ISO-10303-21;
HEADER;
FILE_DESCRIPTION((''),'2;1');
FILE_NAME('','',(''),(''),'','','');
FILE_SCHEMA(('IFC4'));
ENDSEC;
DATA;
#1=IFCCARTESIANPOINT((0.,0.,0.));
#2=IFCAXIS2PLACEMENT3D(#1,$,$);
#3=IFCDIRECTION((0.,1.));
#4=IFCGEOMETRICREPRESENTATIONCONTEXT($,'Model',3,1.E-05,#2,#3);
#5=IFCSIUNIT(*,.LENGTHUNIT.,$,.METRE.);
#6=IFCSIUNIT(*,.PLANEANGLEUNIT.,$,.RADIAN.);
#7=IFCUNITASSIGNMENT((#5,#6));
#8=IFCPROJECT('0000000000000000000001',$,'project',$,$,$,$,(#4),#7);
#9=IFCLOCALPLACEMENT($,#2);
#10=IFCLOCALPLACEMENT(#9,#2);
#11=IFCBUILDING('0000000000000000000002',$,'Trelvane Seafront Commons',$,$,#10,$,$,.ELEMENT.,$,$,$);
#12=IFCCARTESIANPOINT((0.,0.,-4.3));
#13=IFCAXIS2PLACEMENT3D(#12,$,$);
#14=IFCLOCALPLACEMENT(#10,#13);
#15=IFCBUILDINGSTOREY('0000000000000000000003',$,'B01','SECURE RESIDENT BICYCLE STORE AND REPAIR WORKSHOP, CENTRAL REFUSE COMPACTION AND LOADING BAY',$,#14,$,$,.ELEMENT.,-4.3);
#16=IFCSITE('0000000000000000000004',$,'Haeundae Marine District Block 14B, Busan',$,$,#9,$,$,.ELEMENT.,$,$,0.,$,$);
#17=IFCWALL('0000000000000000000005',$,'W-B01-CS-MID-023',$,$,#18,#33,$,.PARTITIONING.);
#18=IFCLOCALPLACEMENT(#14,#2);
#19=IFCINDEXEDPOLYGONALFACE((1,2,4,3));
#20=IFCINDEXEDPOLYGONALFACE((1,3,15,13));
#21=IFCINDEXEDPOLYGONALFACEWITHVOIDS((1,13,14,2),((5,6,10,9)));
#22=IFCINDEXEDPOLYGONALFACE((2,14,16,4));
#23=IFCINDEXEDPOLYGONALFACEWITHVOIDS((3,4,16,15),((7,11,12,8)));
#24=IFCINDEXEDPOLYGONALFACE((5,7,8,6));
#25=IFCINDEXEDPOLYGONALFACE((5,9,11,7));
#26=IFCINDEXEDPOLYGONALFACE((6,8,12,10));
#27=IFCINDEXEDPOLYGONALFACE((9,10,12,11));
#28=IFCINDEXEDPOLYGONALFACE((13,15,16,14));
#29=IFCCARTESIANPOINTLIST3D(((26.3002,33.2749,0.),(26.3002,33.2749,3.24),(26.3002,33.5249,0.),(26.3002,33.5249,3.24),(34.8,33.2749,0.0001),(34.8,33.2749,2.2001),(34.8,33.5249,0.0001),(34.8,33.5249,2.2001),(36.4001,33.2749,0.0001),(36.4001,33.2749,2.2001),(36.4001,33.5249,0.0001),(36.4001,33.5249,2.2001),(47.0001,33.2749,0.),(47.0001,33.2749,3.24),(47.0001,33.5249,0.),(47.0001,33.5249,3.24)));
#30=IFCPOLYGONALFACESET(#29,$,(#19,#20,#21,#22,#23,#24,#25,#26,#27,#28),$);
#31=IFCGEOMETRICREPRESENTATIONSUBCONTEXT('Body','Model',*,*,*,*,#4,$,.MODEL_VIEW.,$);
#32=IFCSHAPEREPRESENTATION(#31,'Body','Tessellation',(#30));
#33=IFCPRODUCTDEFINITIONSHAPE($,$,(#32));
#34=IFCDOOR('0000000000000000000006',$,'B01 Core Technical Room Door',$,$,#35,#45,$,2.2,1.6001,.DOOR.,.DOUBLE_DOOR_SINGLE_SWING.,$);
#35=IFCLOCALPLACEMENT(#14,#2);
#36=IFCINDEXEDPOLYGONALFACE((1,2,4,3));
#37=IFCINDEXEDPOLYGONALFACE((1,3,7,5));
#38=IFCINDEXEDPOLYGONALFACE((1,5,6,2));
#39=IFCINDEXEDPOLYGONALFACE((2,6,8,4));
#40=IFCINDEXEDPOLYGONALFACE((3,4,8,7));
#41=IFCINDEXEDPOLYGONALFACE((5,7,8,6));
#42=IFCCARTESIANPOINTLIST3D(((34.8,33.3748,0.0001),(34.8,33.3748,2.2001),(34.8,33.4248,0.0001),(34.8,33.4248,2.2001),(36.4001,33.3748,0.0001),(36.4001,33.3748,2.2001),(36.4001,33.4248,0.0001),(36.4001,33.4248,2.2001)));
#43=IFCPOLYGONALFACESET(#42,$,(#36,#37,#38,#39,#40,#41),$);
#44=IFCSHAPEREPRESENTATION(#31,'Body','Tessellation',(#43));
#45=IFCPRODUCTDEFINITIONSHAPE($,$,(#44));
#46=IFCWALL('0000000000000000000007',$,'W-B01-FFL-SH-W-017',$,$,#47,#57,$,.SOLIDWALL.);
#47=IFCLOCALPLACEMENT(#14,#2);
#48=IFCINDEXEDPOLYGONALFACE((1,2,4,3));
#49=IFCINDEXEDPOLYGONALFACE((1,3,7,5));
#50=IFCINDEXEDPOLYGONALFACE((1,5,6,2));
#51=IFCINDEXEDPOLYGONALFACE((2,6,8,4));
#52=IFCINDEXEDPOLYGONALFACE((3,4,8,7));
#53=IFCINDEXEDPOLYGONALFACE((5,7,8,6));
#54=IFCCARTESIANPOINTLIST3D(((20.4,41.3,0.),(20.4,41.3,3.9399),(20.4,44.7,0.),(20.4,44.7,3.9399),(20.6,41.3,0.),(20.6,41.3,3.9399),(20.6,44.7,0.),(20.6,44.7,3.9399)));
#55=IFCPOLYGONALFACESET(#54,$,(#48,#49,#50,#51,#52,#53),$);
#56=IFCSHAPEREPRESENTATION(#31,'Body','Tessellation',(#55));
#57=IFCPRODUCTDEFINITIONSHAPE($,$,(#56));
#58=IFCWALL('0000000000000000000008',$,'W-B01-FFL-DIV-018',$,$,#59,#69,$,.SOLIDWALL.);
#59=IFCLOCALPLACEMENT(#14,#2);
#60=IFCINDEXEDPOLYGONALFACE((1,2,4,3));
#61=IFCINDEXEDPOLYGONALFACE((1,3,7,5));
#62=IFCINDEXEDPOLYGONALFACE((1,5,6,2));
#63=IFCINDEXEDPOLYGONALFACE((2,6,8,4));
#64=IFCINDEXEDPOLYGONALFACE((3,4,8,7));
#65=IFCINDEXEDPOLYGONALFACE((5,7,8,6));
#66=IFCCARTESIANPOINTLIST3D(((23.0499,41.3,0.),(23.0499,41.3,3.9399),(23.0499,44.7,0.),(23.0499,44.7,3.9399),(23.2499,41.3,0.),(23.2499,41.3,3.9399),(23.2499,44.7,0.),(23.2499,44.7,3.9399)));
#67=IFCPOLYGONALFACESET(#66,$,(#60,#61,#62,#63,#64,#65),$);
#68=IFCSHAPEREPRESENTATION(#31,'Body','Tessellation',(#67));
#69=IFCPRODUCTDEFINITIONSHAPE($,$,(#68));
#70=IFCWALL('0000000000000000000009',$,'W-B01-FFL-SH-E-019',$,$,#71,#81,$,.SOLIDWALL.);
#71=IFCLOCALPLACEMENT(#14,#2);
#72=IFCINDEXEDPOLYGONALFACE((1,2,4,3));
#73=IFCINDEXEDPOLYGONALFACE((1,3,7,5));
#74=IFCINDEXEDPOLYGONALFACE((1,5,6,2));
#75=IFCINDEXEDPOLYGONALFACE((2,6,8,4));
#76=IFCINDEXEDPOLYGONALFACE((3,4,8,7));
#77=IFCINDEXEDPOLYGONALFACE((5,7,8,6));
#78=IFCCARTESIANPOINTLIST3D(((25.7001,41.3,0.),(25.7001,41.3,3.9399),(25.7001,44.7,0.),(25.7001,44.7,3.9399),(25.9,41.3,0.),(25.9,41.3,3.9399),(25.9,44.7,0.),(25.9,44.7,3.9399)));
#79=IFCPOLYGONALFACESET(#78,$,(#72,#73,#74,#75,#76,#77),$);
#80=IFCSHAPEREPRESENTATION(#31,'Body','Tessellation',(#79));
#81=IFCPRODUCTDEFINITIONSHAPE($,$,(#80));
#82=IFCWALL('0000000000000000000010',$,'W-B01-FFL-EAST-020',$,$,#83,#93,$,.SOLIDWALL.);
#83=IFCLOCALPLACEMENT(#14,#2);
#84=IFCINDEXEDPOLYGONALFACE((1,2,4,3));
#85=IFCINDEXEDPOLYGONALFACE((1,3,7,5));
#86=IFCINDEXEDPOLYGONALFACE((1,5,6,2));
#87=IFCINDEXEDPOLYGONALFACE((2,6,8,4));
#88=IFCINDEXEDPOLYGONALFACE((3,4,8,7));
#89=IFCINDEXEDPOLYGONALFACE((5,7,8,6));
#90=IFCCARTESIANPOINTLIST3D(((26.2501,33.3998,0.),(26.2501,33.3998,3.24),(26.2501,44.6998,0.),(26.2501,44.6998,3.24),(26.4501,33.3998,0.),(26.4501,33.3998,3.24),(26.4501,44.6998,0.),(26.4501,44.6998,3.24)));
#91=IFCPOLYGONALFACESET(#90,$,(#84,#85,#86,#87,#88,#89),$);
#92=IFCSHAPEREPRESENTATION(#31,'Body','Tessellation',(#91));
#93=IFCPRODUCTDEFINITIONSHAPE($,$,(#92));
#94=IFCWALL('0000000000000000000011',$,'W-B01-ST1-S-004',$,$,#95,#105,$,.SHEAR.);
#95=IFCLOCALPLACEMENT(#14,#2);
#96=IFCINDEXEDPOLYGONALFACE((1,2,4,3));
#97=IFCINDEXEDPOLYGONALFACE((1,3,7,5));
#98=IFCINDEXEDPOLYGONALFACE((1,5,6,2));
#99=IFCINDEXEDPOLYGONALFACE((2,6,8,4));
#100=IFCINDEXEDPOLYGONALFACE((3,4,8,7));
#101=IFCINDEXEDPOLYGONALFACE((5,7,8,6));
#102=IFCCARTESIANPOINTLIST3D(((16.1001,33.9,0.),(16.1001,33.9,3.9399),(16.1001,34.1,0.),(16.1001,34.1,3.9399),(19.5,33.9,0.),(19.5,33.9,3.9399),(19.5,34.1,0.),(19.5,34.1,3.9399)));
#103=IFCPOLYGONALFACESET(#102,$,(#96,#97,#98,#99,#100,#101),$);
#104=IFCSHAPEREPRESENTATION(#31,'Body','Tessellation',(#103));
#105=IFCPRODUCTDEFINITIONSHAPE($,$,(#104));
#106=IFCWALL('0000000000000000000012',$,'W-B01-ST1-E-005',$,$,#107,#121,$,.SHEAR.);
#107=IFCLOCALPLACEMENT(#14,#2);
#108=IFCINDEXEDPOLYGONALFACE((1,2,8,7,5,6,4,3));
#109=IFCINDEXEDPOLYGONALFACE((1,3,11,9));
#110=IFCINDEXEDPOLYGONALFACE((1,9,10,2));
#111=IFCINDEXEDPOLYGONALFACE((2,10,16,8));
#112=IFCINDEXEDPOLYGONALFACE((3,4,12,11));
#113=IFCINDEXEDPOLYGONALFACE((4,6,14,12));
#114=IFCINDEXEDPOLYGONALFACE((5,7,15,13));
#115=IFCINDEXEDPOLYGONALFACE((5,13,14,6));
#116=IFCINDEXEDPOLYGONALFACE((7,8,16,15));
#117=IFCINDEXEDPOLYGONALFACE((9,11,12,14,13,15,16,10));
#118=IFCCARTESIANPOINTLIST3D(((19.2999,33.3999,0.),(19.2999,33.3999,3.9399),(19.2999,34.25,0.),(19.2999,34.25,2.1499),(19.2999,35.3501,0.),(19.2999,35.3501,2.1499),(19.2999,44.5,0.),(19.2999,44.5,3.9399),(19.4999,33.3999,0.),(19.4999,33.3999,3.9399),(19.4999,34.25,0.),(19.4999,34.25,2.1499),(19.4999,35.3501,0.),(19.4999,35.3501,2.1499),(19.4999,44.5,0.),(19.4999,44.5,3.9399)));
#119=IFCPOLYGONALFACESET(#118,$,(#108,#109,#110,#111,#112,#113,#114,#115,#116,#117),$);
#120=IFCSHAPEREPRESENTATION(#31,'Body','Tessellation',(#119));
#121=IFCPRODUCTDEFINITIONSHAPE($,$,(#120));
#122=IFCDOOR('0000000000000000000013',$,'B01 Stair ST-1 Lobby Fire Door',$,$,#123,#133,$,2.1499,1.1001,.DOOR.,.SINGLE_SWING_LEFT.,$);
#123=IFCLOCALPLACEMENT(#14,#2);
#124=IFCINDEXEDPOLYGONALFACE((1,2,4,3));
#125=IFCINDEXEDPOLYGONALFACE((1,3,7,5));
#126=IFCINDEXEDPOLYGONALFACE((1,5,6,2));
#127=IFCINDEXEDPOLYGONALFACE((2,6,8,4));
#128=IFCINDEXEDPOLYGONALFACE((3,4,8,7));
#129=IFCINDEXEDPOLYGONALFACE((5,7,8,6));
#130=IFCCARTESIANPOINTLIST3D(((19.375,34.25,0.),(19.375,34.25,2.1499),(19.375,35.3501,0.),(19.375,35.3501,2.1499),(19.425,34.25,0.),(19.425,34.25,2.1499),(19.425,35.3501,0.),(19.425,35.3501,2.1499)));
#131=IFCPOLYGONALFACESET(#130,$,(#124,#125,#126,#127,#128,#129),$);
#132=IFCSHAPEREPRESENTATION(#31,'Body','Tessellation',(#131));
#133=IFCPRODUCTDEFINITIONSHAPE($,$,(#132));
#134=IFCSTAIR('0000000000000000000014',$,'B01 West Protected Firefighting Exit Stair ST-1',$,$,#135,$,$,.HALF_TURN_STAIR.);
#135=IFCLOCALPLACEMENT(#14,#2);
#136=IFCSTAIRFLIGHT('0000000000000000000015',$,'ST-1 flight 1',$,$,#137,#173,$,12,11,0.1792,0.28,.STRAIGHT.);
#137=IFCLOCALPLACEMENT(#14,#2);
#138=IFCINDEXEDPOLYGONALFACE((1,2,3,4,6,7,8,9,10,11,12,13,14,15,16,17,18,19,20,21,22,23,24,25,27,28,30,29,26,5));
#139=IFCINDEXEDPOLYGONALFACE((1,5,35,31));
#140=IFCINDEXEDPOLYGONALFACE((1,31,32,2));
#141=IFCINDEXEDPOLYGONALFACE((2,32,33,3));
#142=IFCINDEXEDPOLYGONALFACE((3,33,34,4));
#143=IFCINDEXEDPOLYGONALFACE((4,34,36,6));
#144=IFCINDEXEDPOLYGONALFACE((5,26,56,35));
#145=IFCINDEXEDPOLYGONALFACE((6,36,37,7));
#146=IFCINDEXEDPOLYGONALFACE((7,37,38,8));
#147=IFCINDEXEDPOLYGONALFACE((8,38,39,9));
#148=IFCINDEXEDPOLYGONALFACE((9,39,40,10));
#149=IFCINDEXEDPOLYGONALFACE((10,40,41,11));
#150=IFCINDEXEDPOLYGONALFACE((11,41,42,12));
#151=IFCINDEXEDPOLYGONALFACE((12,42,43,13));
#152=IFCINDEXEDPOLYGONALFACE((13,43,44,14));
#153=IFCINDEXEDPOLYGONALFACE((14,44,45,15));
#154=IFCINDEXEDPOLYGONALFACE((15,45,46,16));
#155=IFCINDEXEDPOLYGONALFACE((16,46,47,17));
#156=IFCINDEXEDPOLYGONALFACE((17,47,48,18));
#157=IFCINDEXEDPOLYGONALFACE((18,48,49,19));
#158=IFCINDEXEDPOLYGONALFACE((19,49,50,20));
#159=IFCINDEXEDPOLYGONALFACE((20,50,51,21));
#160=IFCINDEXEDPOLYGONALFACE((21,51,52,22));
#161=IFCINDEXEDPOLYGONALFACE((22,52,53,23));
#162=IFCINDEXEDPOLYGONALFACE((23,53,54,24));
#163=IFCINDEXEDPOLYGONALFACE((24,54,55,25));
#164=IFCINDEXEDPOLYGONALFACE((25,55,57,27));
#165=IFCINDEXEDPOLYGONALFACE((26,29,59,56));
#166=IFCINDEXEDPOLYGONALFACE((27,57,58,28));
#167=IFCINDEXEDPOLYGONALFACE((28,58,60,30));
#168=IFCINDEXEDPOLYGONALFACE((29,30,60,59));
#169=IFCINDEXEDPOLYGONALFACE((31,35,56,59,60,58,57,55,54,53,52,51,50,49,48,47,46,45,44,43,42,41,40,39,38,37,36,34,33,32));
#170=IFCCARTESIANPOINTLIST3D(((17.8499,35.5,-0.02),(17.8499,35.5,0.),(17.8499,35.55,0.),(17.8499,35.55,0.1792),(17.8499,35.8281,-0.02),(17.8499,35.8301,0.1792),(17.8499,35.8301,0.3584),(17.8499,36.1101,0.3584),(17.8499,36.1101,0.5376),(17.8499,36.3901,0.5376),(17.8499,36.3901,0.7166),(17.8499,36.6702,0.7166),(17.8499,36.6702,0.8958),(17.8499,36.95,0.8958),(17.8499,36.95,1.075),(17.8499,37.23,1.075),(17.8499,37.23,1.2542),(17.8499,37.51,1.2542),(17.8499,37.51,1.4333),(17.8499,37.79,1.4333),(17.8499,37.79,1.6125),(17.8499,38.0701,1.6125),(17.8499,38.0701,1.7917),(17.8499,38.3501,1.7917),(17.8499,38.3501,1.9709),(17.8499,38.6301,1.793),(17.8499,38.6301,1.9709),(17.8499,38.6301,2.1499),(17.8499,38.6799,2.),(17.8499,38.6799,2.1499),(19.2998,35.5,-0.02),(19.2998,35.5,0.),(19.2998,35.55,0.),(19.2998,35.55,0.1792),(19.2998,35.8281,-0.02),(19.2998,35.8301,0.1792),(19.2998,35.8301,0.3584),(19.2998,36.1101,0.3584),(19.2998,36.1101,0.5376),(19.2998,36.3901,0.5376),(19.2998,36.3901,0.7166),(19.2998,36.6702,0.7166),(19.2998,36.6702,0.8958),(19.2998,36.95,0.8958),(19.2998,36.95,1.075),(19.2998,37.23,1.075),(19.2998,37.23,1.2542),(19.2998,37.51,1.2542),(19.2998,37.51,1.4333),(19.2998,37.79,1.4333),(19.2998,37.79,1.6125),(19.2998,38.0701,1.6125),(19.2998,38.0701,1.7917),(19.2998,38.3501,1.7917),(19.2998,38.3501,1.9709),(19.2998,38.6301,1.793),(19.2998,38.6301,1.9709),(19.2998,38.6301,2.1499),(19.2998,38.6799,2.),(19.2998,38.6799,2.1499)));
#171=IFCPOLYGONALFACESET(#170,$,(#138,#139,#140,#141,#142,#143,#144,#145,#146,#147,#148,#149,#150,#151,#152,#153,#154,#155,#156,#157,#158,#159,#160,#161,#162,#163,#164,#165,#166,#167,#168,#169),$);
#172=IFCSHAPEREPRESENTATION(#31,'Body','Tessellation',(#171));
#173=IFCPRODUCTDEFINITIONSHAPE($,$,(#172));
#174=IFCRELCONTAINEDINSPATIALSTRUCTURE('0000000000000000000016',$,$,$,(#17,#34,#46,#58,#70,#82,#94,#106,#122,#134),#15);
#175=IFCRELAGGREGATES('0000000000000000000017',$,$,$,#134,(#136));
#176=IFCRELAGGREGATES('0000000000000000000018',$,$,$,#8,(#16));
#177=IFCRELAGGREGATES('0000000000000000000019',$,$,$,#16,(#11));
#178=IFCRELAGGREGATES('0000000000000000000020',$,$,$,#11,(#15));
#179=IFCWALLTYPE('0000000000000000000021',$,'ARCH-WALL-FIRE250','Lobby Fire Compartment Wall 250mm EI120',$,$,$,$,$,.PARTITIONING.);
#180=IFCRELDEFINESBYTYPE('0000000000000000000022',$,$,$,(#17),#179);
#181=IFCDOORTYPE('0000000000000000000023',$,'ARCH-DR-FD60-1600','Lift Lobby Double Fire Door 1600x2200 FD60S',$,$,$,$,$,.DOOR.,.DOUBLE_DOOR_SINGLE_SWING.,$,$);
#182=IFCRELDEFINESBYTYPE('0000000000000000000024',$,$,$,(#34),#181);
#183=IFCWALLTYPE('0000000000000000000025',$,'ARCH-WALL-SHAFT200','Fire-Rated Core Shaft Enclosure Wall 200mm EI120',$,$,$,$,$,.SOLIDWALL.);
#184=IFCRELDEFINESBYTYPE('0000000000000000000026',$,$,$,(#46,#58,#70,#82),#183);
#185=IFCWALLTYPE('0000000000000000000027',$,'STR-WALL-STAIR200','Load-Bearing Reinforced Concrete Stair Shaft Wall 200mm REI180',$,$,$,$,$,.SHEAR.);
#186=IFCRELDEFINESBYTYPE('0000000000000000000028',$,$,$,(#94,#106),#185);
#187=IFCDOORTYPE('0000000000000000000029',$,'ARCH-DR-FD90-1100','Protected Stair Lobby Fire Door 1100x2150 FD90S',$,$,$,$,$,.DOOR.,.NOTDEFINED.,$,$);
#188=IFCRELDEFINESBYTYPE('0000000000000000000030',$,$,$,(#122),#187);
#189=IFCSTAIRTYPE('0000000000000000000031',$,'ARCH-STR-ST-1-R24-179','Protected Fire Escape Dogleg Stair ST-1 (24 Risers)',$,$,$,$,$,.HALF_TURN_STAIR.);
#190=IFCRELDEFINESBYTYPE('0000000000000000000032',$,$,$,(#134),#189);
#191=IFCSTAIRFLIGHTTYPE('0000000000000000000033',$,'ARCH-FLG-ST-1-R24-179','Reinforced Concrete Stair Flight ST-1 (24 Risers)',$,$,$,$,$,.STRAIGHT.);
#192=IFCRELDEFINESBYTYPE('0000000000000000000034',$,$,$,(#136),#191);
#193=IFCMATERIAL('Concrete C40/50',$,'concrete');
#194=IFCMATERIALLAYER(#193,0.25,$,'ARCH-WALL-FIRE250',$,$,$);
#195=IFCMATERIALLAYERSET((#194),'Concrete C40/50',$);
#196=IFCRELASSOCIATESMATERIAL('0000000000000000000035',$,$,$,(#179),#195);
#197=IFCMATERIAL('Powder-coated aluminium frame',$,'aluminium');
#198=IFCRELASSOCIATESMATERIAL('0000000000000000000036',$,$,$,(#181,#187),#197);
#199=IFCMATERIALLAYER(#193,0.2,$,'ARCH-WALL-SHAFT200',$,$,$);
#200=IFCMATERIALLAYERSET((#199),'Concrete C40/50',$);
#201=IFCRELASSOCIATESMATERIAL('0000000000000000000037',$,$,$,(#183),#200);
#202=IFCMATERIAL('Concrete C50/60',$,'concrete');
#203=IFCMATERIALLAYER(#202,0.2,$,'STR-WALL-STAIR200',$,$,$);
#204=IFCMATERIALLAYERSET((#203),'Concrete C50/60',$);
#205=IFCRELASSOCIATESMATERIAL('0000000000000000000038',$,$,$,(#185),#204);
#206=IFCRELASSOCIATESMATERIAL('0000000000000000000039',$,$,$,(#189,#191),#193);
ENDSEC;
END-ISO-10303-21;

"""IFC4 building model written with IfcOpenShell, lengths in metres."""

from ifc_helpers import new_model, si_unit, direction, frame, frame_2d, origin, place, context, subcontext, project, spatial, polyline, rectangle, outline, extrude, source, transform, mapped, material, layer, layer_set, type_object, element, fill, aggregate, save


model = new_model("IFC4")

# Units and contexts
model_context = context("Model", 3, precision=1e-05, world=origin(), true_north=direction((0.0, 1.0)))
body_context = subcontext(model_context, "Body", "Model", "MODEL_VIEW")
ifc_project = project(units=[si_unit("LENGTHUNIT", "METRE"), si_unit("PLANEANGLEUNIT", "RADIAN")], contexts=[model_context])

# Site, building, storey
site_placement = place(None, origin())
site = spatial("IfcSite", under=ifc_project, at=site_placement, Name="Haeundae Marine District Block 14B, Busan", CompositionType="ELEMENT", RefElevation=0.0)
building_placement = place(site_placement, origin())
building = spatial("IfcBuilding", under=site, at=building_placement, Name="Trelvane Seafront Commons", CompositionType="ELEMENT")
storey_placement = place(building_placement, frame((0.0, 0.0, -4.3)))
storey = spatial("IfcBuildingStorey", under=building, at=storey_placement, Name="B01", Description="SECURE RESIDENT BICYCLE STORE AND REPAIR WORKSHOP, CENTRAL REFUSE COMPACTION AND LOADING BAY", CompositionType="ELEMENT", Elevation=-4.3)

# Shared definitions
ifc_material_1 = material(Name="Concrete C50/60", Category="concrete")

# Wall, opening, door
ifc_material_2 = material(Name="Concrete C40/50", Category="concrete")
ifc_layer_1 = layer(ifc_material_2, 0.25, Name="ARCH-WALL-FIRE250")
ifc_layer_set_1 = layer_set([ifc_layer_1], Name="Concrete C40/50")
wall_type_1 = type_object("IfcWallType", Name="ARCH-WALL-FIRE250", Description="Lobby Fire Compartment Wall 250mm EI120", PredefinedType="PARTITIONING", material=ifc_layer_set_1)
ifc_material_3 = material(Name="Powder-coated aluminium frame", Category="aluminium")
door_type_1 = type_object("IfcDoorType", Name="ARCH-DR-FD60-1600", Description="Lift Lobby Double Fire Door 1600x2200 FD60S", OperationType="DOUBLE_DOOR_SINGLE_SWING", PredefinedType="DOOR", material=ifc_material_3)
shared_shape_1 = source(origin(), body_context, "Body", "SweptSolid", [
    extrude(rectangle(XDim=1.6001, YDim=2.2, at=frame_2d((0.8, 1.1001))), frame((0.0, 0.0249, 0.0), z_axis=(0.0, -1.0, 0.0), x_axis=(1.0, 0.0, 0.0)), (0.0, 0.0, 1.0), 0.05),
])
wall_1_placement = place(storey_placement, frame((26.3, 33.3999, 0.0), z_axis=(0.0, 0.0, 1.0), x_axis=(1.0, 0.0, 0.0)))
wall_1 = element("IfcWall", 1, at=wall_1_placement, inside=storey, type_object=wall_type_1, Name="W-B01-CS-MID-023", PredefinedType="PARTITIONING", context=body_context, shape_type="SweptSolid", body=[
    extrude(rectangle(XDim=20.7, YDim=0.25, at=frame_2d((10.3501, 0.0))), origin(), (0.0, 0.0, 1.0), 3.24),
])
opening_1_placement = place(wall_1_placement, frame((8.5, 0.0, 0.0)))
opening_1 = element("IfcOpeningElement", 2, at=opening_1_placement, cuts=wall_1, PredefinedType="OPENING", context=body_context, shape_type="SweptSolid", body=[
    extrude(rectangle(XDim=1.6001, YDim=2.2, at=frame_2d((0.8, 1.1001))), frame((0.0, 0.135, 0.0), z_axis=(0.0, -1.0, 0.0), x_axis=(1.0, 0.0, 0.0)), (0.0, 0.0, 1.0), 0.27),
])
door_1_placement = place(opening_1_placement, origin())
door_1 = element("IfcDoor", 3, at=door_1_placement, inside=storey, type_object=door_type_1, Name="B01 Core Technical Room Door", OperationType="DOUBLE_DOOR_SINGLE_SWING", OverallHeight=2.2, OverallWidth=1.6001, PredefinedType="DOOR", context=body_context, shape_type="MappedRepresentation", body=[
    mapped(shared_shape_1, transform((0.0, 0.0, 0.0), x_axis=(1.0, 0.0, 0.0), y_axis=(0.0, 1.0, 0.0), z_axis=(0.0, 0.0, 1.0), scale=1.0)),
])
fill(opening_1, door_1)

# Shared definitions
ifc_layer_2 = layer(ifc_material_2, 0.2, Name="ARCH-WALL-SHAFT200")
ifc_layer_set_2 = layer_set([ifc_layer_2], Name="Concrete C40/50")
wall_type_2 = type_object("IfcWallType", Name="ARCH-WALL-SHAFT200", Description="Fire-Rated Core Shaft Enclosure Wall 200mm EI120", PredefinedType="SOLIDWALL", material=ifc_layer_set_2)
shared_shape_2 = source(origin(), body_context, "Body", "SweptSolid", [
    extrude(rectangle(XDim=1.1001, YDim=2.1499, at=frame_2d((0.55, 1.075))), frame((0.0, 0.0249, 0.0), z_axis=(0.0, -1.0, 0.0), x_axis=(1.0, 0.0, 0.0)), (0.0, 0.0, 1.0), 0.05),
])

# Walls
for number, where, z_axis, x_axis, name in (
    (4, (20.5, 41.3, 0.0), (0.0, 0.0, 1.0), (0.0, 1.0, 0.0), "W-B01-FFL-SH-W-017"),
    (5, (23.1499, 41.3, 0.0), (0.0, 0.0, 1.0), (0.0, 1.0, 0.0), "W-B01-FFL-DIV-018"),
    (6, (25.8, 41.3, 0.0), (0.0, 0.0, 1.0), (0.0, 1.0, 0.0), "W-B01-FFL-SH-E-019"),
):
    element("IfcWall", number, at=place(storey_placement, frame(where, z_axis=z_axis, x_axis=x_axis)), inside=storey, type_object=wall_type_2, Name=name, PredefinedType="SOLIDWALL", context=body_context, shape_type="SweptSolid", body=[
        extrude(rectangle(XDim=3.3999, YDim=0.2, at=frame_2d((1.7, 0.0))), origin(), (0.0, 0.0, 1.0), 3.9399),
    ])
wall_2_placement = place(storey_placement, frame((26.3501, 33.3999, 0.0), z_axis=(0.0, 0.0, 1.0), x_axis=(0.0, 1.0, 0.0)))
element("IfcWall", 7, at=wall_2_placement, inside=storey, type_object=wall_type_2, Name="W-B01-FFL-EAST-020", PredefinedType="SOLIDWALL", context=body_context, shape_type="SweptSolid", body=[
    extrude(rectangle(XDim=11.3, YDim=0.2, at=frame_2d((5.6499, 0.0))), origin(), (0.0, 0.0, 1.0), 3.24),
])
ifc_layer_3 = layer(ifc_material_1, 0.2, Name="STR-WALL-STAIR200")
ifc_layer_set_3 = layer_set([ifc_layer_3], Name="Concrete C50/60")
wall_type_3 = type_object("IfcWallType", Name="STR-WALL-STAIR200", Description="Load-Bearing Reinforced Concrete Stair Shaft Wall 200mm REI180", PredefinedType="SHEAR", material=ifc_layer_set_3)
wall_3_placement = place(storey_placement, frame((16.1001, 34.0, 0.0), z_axis=(0.0, 0.0, 1.0), x_axis=(1.0, 0.0, 0.0)))
element("IfcWall", 8, at=wall_3_placement, inside=storey, type_object=wall_type_3, Name="W-B01-ST1-S-004", PredefinedType="SHEAR", context=body_context, shape_type="SweptSolid", body=[
    extrude(rectangle(XDim=3.3999, YDim=0.2, at=frame_2d((1.7, 0.0))), origin(), (0.0, 0.0, 1.0), 3.9399),
])

# Wall, opening, door
wall_4_placement = place(storey_placement, frame((19.3999, 33.3999, 0.0), z_axis=(0.0, 0.0, 1.0), x_axis=(0.0, 1.0, 0.0)))
wall_4 = element("IfcWall", 9, at=wall_4_placement, inside=storey, type_object=wall_type_3, Name="W-B01-ST1-E-005", PredefinedType="SHEAR", context=body_context, shape_type="SweptSolid", body=[
    extrude(rectangle(XDim=11.1001, YDim=0.2, at=frame_2d((5.55, 0.0))), origin(), (0.0, 0.0, 1.0), 3.9399),
])
opening_2_placement = place(wall_4_placement, frame((0.8501, 0.0, 0.0)))
opening_2 = element("IfcOpeningElement", 10, at=opening_2_placement, cuts=wall_4, PredefinedType="OPENING", context=body_context, shape_type="SweptSolid", body=[
    extrude(rectangle(XDim=1.1001, YDim=2.1499, at=frame_2d((0.55, 1.075))), frame((0.0, 0.1099, 0.0), z_axis=(0.0, -1.0, 0.0), x_axis=(1.0, 0.0, 0.0)), (0.0, 0.0, 1.0), 0.22),
])
door_type_2 = type_object("IfcDoorType", Name="ARCH-DR-FD90-1100", Description="Protected Stair Lobby Fire Door 1100x2150 FD90S", OperationType="NOTDEFINED", PredefinedType="DOOR", material=ifc_material_3)
door_2_placement = place(opening_2_placement, origin())
door_2 = element("IfcDoor", 11, at=door_2_placement, inside=storey, type_object=door_type_2, Name="B01 Stair ST-1 Lobby Fire Door", OperationType="SINGLE_SWING_LEFT", OverallHeight=2.1499, OverallWidth=1.1001, PredefinedType="DOOR", context=body_context, shape_type="MappedRepresentation", body=[
    mapped(shared_shape_2, transform((0.0, 0.0, 0.0), x_axis=(1.0, 0.0, 0.0), y_axis=(0.0, 1.0, 0.0), z_axis=(0.0, 0.0, 1.0), scale=1.0)),
])
fill(opening_2, door_2)

# Stair, stair flight
stair_type = type_object("IfcStairType", Name="ARCH-STR-ST-1-R24-179", Description="Protected Fire Escape Dogleg Stair ST-1 (24 Risers)", PredefinedType="HALF_TURN_STAIR", material=ifc_material_2)
stair_placement = place(storey_placement, origin())
stair = element("IfcStair", 12, at=stair_placement, inside=storey, type_object=stair_type, Name="B01 West Protected Firefighting Exit Stair ST-1", PredefinedType="HALF_TURN_STAIR")
stair_flight_type = type_object("IfcStairFlightType", Name="ARCH-FLG-ST-1-R24-179", Description="Reinforced Concrete Stair Flight ST-1 (24 Risers)", PredefinedType="STRAIGHT", material=ifc_material_2)
shared_shape_3 = source(origin(), body_context, "Body", "SweptSolid", [
    extrude(outline(polyline([(-0.05, -0.02), (-0.05, 0.0), (0.0, 0.0), (0.0, 0.1792), (0.28, 0.1792), (0.28, 0.3584), (0.5601, 0.3584), (0.5601, 0.5376), (0.8401, 0.5376), (0.8401, 0.7166), (1.1201, 0.7166), (1.1201, 0.8958), (1.3999, 0.8958), (1.3999, 1.075), (1.6799, 1.075), (1.6799, 1.2542), (1.96, 1.2542), (1.96, 1.4333), (2.24, 1.4333), (2.24, 1.6125), (2.52, 1.6125), (2.52, 1.7917), (2.8, 1.7917), (2.8, 1.9709), (3.0801, 1.9709), (3.0801, 2.1499), (3.1299, 2.1499), (3.1299, 2.0), (3.0801, 1.793), (0.2781, -0.02), (-0.05, -0.02)])), frame((0.0, 0.7251, 0.0), z_axis=(0.0, -1.0, 0.0), x_axis=(1.0, 0.0, 0.0)), (0.0, 0.0, 1.0), 1.45),
])
stair_flight_1_placement = place(storey_placement, frame((18.575, 35.55, 0.0), z_axis=(0.0, 0.0, 1.0), x_axis=(0.0, 1.0, 0.0)))
stair_flight_1 = element("IfcStairFlight", 13, at=stair_flight_1_placement, type_object=stair_flight_type, Name="ST-1 flight 1", NumberOfRisers=12, NumberOfTreads=11, PredefinedType="STRAIGHT", RiserHeight=0.1792, TreadLength=0.28, context=body_context, shape_type="MappedRepresentation", body=[
    mapped(shared_shape_3, transform((0.0, 0.0, 0.0), x_axis=(1.0, 0.0, 0.0), y_axis=(0.0, 1.0, 0.0), z_axis=(0.0, 0.0, 1.0), scale=1.0)),
])
aggregate(stair, [stair_flight_1])

save(model, "model.ifc")
